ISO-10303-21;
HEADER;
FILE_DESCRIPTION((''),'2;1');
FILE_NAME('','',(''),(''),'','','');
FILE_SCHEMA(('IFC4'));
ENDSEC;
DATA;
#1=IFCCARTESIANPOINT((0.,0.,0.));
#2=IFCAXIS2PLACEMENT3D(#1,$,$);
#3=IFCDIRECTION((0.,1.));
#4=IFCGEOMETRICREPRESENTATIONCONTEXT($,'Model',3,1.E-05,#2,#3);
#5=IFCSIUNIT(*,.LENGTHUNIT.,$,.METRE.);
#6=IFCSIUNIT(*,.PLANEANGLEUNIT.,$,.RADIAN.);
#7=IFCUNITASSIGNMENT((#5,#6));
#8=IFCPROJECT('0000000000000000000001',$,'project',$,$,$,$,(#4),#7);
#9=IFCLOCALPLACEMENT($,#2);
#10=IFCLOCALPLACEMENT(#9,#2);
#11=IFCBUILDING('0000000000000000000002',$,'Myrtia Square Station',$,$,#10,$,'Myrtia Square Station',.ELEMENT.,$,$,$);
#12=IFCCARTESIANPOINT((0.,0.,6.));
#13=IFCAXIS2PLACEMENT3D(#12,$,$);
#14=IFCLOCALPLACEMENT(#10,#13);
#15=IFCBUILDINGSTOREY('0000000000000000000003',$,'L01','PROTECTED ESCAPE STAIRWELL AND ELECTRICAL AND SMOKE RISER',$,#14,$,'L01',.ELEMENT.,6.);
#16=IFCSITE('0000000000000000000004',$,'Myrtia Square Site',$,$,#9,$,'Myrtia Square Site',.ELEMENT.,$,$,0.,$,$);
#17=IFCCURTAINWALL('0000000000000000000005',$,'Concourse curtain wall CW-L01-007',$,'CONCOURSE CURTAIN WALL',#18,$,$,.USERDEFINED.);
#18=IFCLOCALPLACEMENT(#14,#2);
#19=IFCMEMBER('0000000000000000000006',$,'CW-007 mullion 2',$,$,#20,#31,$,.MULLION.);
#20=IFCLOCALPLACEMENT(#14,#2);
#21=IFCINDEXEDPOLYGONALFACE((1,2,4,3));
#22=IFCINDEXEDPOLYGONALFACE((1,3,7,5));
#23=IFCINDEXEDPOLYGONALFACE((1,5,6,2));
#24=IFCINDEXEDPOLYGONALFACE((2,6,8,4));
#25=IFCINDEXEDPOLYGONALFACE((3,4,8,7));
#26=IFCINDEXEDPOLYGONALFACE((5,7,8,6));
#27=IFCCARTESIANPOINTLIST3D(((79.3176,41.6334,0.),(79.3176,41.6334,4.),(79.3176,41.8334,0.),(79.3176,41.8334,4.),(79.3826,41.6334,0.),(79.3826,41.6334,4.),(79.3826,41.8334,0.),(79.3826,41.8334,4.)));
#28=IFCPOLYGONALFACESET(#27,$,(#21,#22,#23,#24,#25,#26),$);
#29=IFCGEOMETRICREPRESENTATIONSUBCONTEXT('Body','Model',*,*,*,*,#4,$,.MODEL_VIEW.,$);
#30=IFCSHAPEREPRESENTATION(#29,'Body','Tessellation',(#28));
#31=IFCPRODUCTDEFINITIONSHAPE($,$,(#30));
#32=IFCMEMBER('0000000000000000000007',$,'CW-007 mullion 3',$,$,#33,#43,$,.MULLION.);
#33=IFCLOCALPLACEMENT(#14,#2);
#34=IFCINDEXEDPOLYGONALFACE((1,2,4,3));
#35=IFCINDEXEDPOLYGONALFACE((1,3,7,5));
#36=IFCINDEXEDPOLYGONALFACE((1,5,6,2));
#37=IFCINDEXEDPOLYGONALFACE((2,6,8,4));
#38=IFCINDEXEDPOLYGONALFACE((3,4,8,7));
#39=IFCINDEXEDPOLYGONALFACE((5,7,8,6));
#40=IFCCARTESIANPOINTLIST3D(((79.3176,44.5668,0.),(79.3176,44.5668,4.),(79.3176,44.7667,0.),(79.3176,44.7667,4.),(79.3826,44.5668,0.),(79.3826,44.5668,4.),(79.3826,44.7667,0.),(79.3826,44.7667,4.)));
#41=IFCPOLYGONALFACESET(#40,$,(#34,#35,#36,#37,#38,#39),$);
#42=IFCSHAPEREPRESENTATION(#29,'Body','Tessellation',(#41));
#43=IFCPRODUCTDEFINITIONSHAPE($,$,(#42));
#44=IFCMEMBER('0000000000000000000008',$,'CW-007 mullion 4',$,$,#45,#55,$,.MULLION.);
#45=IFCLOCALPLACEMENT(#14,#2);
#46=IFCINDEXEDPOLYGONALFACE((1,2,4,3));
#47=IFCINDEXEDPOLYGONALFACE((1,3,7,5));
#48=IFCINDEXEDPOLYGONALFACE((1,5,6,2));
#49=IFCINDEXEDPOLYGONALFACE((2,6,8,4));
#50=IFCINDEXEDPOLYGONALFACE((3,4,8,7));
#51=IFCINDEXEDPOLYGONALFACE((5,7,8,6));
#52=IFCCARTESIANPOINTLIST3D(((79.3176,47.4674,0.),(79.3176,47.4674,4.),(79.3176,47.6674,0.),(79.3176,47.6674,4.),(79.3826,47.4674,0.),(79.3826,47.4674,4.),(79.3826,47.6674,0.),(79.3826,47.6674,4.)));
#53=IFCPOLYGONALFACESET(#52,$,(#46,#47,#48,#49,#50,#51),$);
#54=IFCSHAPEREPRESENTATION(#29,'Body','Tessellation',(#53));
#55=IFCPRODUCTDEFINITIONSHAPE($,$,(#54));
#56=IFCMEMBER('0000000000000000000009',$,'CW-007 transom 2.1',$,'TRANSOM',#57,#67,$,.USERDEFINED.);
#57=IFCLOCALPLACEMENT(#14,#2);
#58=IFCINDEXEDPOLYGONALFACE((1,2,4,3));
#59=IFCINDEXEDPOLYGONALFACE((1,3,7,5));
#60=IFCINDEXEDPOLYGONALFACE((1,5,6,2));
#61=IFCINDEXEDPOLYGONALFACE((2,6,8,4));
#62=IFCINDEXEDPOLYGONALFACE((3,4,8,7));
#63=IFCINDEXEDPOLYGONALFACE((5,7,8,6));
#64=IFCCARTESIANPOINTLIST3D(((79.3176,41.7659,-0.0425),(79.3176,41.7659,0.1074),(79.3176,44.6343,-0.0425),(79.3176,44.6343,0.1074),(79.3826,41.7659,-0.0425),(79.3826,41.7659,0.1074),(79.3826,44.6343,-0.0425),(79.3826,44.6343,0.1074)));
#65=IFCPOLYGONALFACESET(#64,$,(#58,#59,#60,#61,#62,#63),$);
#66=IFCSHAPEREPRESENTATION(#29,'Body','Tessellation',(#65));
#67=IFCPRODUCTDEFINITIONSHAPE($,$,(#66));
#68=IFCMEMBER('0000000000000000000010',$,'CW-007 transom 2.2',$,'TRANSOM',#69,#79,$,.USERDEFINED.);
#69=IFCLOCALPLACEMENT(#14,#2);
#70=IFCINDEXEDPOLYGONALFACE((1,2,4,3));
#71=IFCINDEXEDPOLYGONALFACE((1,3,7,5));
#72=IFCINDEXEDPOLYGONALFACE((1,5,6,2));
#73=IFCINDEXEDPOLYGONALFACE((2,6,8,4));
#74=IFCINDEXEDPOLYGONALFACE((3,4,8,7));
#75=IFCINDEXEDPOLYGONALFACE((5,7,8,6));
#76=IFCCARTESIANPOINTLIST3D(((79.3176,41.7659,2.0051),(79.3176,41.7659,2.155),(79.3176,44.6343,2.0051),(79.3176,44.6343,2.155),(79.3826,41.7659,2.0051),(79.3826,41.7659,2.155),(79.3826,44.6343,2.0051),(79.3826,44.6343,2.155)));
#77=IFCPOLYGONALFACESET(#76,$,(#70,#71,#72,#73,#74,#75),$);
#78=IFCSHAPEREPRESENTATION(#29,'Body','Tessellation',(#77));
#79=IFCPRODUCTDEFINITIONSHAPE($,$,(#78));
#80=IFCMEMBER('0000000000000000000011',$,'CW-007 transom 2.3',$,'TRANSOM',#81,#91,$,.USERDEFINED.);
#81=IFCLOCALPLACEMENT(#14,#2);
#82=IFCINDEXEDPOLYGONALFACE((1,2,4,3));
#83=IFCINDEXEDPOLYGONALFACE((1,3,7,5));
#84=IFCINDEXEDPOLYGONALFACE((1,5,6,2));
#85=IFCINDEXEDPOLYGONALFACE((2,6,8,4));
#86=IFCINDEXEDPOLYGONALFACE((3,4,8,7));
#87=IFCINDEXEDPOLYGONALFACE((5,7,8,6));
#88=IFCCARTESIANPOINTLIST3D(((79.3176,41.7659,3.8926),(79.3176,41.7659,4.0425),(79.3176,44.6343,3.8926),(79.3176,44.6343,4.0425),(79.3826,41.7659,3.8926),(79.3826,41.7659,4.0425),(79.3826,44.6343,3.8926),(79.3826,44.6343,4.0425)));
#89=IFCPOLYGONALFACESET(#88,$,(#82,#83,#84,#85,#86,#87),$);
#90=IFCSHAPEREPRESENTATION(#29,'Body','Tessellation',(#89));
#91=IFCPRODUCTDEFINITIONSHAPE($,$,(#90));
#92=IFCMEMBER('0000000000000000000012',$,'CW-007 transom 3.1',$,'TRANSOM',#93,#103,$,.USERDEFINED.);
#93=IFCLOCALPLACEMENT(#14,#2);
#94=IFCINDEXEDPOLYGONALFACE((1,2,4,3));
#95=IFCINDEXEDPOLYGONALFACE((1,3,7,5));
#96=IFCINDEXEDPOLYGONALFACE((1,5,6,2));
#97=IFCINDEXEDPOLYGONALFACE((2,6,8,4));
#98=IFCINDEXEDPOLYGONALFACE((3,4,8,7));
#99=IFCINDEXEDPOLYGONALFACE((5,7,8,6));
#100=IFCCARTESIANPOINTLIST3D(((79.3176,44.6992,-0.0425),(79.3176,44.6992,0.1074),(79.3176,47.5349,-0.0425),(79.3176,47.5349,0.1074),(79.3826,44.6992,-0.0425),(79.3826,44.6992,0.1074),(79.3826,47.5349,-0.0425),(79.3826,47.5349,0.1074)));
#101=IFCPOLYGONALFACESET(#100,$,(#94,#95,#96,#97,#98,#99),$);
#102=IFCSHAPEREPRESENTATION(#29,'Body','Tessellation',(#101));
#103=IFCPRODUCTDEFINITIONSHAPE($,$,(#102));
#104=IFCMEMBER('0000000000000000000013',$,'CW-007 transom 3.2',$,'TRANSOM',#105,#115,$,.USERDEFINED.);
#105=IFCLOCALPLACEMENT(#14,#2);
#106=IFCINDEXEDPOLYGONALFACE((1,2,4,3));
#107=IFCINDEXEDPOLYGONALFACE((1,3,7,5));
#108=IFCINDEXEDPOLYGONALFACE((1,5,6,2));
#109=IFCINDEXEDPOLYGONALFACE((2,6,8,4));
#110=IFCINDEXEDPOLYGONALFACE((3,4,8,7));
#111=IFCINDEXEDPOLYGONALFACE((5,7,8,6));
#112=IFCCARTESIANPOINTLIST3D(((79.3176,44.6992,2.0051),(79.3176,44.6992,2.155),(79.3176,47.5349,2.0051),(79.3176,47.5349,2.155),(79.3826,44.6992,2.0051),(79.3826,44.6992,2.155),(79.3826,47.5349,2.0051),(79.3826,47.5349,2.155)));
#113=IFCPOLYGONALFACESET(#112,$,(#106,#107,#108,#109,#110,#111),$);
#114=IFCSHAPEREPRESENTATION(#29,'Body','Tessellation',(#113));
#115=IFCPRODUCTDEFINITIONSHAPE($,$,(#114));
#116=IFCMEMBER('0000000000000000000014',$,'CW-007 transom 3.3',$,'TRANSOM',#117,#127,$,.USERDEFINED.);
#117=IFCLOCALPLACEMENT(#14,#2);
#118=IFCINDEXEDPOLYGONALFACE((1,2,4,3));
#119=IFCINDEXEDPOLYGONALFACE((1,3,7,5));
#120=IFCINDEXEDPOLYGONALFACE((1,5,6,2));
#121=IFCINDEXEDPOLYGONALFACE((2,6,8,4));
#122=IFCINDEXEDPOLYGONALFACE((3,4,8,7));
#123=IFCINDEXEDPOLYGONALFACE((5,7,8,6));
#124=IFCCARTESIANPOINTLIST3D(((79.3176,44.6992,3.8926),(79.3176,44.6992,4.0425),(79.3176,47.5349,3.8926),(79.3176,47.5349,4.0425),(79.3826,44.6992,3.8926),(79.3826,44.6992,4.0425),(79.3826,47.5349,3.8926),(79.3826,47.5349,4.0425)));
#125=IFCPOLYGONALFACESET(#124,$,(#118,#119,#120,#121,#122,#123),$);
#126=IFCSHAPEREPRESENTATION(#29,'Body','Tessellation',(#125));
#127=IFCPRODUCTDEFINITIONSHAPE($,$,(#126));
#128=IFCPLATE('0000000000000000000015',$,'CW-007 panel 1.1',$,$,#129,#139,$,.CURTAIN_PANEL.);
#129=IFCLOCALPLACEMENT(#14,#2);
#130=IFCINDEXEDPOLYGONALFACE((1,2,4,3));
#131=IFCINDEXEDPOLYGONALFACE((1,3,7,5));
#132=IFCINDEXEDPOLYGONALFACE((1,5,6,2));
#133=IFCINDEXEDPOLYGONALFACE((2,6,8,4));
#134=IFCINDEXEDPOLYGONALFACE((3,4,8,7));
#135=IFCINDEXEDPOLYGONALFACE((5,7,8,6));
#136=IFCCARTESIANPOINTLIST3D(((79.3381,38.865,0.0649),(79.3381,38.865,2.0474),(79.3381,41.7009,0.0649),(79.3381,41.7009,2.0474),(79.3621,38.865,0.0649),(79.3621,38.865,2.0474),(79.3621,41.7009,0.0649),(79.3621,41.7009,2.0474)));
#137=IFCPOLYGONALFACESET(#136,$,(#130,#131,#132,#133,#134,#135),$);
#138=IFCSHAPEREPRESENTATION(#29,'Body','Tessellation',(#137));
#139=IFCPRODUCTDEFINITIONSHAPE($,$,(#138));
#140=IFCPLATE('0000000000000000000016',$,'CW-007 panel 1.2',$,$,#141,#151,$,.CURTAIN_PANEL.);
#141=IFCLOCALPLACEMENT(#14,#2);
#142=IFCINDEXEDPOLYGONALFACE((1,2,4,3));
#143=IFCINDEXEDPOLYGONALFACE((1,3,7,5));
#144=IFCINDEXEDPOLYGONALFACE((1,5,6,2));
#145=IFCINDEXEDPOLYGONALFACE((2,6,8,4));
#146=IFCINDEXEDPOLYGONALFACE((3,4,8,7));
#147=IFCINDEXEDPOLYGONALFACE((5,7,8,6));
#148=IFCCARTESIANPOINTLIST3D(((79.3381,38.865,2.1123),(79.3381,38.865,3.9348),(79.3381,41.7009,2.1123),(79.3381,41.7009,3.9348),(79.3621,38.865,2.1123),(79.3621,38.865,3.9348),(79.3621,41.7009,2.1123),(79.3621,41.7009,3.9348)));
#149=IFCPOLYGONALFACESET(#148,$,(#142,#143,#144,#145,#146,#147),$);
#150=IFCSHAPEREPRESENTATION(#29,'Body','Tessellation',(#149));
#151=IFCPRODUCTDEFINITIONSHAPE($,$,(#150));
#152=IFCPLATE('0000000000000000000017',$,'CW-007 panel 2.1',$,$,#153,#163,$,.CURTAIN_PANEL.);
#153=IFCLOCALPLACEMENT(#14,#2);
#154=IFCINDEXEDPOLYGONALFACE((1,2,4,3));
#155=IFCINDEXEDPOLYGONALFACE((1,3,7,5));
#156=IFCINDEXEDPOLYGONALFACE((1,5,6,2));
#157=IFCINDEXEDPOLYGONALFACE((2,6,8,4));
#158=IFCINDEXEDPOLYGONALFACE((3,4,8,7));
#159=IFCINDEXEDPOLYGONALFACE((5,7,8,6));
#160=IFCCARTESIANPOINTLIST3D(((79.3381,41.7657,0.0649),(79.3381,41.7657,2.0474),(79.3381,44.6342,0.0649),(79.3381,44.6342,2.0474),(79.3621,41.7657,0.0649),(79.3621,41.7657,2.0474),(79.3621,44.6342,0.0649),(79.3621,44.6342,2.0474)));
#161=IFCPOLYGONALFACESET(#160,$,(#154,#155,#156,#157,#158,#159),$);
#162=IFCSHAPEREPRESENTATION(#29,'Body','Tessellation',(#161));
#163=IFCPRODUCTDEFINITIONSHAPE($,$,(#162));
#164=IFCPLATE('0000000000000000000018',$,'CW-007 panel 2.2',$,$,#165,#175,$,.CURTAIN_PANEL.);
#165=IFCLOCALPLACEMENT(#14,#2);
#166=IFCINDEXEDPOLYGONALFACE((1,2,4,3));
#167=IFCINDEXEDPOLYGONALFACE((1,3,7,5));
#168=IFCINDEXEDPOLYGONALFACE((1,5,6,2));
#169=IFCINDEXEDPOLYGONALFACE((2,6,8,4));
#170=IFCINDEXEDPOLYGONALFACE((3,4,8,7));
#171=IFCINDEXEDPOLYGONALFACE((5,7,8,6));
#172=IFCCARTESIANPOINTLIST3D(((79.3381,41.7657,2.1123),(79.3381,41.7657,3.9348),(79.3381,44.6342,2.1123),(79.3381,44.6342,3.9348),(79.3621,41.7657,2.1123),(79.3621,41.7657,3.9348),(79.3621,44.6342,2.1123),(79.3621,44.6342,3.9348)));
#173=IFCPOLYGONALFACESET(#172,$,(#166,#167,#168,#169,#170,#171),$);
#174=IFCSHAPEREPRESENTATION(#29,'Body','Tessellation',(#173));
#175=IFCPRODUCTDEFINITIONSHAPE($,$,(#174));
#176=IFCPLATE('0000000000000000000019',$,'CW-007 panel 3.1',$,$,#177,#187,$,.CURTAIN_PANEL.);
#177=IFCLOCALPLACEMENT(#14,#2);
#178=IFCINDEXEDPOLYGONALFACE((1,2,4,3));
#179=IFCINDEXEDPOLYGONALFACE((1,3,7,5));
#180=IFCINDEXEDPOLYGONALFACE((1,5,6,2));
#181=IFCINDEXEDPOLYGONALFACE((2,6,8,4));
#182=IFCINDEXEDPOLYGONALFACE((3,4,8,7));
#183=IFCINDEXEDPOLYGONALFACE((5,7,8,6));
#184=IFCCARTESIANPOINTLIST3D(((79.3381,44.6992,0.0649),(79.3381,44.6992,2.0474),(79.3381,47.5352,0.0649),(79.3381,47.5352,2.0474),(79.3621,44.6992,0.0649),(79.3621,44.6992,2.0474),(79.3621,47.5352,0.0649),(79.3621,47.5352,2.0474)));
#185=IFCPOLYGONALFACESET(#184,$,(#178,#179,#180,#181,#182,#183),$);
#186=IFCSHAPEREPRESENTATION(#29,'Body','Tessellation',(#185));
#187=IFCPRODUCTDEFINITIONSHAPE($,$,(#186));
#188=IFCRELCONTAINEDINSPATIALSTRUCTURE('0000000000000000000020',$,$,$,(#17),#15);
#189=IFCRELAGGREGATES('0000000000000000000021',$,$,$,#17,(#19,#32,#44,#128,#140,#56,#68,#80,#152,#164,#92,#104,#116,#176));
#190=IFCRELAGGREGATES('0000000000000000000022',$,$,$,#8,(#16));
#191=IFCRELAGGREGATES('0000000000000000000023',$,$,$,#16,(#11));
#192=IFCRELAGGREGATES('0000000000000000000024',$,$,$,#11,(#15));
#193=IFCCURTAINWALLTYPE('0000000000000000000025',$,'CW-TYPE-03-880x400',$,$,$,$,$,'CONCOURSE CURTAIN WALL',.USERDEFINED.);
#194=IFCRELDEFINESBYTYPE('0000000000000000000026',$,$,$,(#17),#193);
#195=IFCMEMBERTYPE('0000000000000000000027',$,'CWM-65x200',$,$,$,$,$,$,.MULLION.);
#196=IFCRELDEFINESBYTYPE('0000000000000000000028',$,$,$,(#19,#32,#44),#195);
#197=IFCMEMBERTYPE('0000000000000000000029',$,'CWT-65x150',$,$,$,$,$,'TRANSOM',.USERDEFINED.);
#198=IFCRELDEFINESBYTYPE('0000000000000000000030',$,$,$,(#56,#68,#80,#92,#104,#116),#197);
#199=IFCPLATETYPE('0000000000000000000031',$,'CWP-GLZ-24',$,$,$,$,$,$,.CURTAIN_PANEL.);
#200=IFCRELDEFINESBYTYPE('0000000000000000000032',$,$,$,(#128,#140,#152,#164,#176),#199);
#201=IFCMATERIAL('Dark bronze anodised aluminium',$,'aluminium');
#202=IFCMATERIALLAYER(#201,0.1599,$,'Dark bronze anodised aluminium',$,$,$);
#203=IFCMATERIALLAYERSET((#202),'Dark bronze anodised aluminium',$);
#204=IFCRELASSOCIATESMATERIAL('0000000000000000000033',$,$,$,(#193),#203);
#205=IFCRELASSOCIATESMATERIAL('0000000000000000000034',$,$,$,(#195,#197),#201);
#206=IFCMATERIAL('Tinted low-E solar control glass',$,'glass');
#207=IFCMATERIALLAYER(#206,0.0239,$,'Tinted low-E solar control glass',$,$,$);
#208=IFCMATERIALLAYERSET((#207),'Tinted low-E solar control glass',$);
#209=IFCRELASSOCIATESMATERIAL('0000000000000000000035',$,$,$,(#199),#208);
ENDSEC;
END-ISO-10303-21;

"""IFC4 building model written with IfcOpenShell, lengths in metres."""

from ifc_helpers import new_model, si_unit, direction, frame, origin, origin_2d, place, context, subcontext, project, spatial, rectangle, extrude, material, layer, layer_set, material_profile, profile_set, type_object, element, aggregate, save


model = new_model("IFC4")

# Units and contexts
model_context = context("Model", 3, precision=1e-05, world=origin(), true_north=direction((0.0, 1.0)))
body_context = subcontext(model_context, "Body", "Model", "MODEL_VIEW")
ifc_project = project(units=[si_unit("LENGTHUNIT", "METRE"), si_unit("PLANEANGLEUNIT", "RADIAN")], contexts=[model_context])

# Site, building, storey
site_placement = place(None, origin())
site = spatial("IfcSite", under=ifc_project, at=site_placement, Name="Myrtia Square Site", LongName="Myrtia Square Site", CompositionType="ELEMENT", RefElevation=0.0)
building_placement = place(site_placement, origin())
building = spatial("IfcBuilding", under=site, at=building_placement, Name="Myrtia Square Station", LongName="Myrtia Square Station", CompositionType="ELEMENT")
storey_placement = place(building_placement, frame((0.0, 0.0, 6.0)))
storey = spatial("IfcBuildingStorey", under=building, at=storey_placement, Name="L01", Description="PROTECTED ESCAPE STAIRWELL AND ELECTRICAL AND SMOKE RISER", LongName="L01", CompositionType="ELEMENT", Elevation=6.0)

# Curtain wall, members, plates
ifc_material_1 = material(Name="Dark bronze anodised aluminium", Category="aluminium")
ifc_layer_1 = layer(ifc_material_1, 0.1599, Name="Dark bronze anodised aluminium")
ifc_layer_set_1 = layer_set([ifc_layer_1], Name="Dark bronze anodised aluminium")
curtain_wall_type = type_object("IfcCurtainWallType", Name="CW-TYPE-03-880x400", ElementType="CONCOURSE CURTAIN WALL", PredefinedType="USERDEFINED", material=ifc_layer_set_1)
curtain_wall_placement = place(storey_placement, origin())
curtain_wall = element("IfcCurtainWall", 1, at=curtain_wall_placement, inside=storey, type_object=curtain_wall_type, Name="Concourse curtain wall CW-L01-007", ObjectType="CONCOURSE CURTAIN WALL", PredefinedType="USERDEFINED")
ifc_material_profile_1 = material_profile(ifc_material_1, rectangle(XDim=0.0649, YDim=0.2, at=origin_2d()), Name="ALU-M 65x200")
ifc_profile_set_1 = profile_set([ifc_material_profile_1], Name="Dark bronze anodised aluminium")
member_type_1 = type_object("IfcMemberType", Name="CWM-65x200", PredefinedType="MULLION", material=ifc_profile_set_1)
member_1_placement = place(storey_placement, frame((79.3501, 41.7334, 0.0), z_axis=(0.0, 0.0, 1.0), x_axis=(-1.0, 0.0, 0.0)))
member_1 = element("IfcMember", 2, at=member_1_placement, type_object=member_type_1, Name="CW-007 mullion 2", PredefinedType="MULLION", context=body_context, shape_type="SweptSolid", body=[
    extrude(rectangle(XDim=0.0649, YDim=0.2, at=origin_2d()), origin(), (0.0, 0.0, 1.0), 4.0),
])
member_2_placement = place(storey_placement, frame((79.3501, 44.6667, 0.0), z_axis=(0.0, 0.0, 1.0), x_axis=(-1.0, 0.0, 0.0)))
member_2 = element("IfcMember", 3, at=member_2_placement, type_object=member_type_1, Name="CW-007 mullion 3", PredefinedType="MULLION", context=body_context, shape_type="SweptSolid", body=[
    extrude(rectangle(XDim=0.0649, YDim=0.2, at=origin_2d()), origin(), (0.0, 0.0, 1.0), 4.0),
])
member_3_placement = place(storey_placement, frame((79.3501, 47.5674, 0.0), z_axis=(0.0, 0.0, 1.0), x_axis=(-1.0, 0.0, 0.0)))
member_3 = element("IfcMember", 4, at=member_3_placement, type_object=member_type_1, Name="CW-007 mullion 4", PredefinedType="MULLION", context=body_context, shape_type="SweptSolid", body=[
    extrude(rectangle(XDim=0.0649, YDim=0.2, at=origin_2d()), origin(), (0.0, 0.0, 1.0), 4.0),
])
ifc_material_profile_2 = material_profile(ifc_material_1, rectangle(XDim=0.0649, YDim=0.1499, at=origin_2d()), Name="ALU-T 65x150")
ifc_profile_set_2 = profile_set([ifc_material_profile_2], Name="Dark bronze anodised aluminium")
member_type_2 = type_object("IfcMemberType", Name="CWT-65x150", ElementType="TRANSOM", PredefinedType="USERDEFINED", material=ifc_profile_set_2)
member_4_placement = place(storey_placement, frame((79.3501, 41.7659, 0.0325), z_axis=(0.0, 1.0, 0.0), x_axis=(-1.0, 0.0, 0.0)))
member_4 = element("IfcMember", 5, at=member_4_placement, type_object=member_type_2, Name="CW-007 transom 2.1", ObjectType="TRANSOM", PredefinedType="USERDEFINED", context=body_context, shape_type="SweptSolid", body=[
    extrude(rectangle(XDim=0.0649, YDim=0.1499, at=origin_2d()), origin(), (0.0, 0.0, 1.0), 2.8684),
])
member_5_placement = place(storey_placement, frame((79.3501, 41.7659, 2.0801), z_axis=(0.0, 1.0, 0.0), x_axis=(-1.0, 0.0, 0.0)))
member_5 = element("IfcMember", 6, at=member_5_placement, type_object=member_type_2, Name="CW-007 transom 2.2", ObjectType="TRANSOM", PredefinedType="USERDEFINED", context=body_context, shape_type="SweptSolid", body=[
    extrude(rectangle(XDim=0.0649, YDim=0.1499, at=origin_2d()), origin(), (0.0, 0.0, 1.0), 2.8684),
])
member_6_placement = place(storey_placement, frame((79.3501, 41.7659, 3.9675), z_axis=(0.0, 1.0, 0.0), x_axis=(-1.0, 0.0, 0.0)))
member_6 = element("IfcMember", 7, at=member_6_placement, type_object=member_type_2, Name="CW-007 transom 2.3", ObjectType="TRANSOM", PredefinedType="USERDEFINED", context=body_context, shape_type="SweptSolid", body=[
    extrude(rectangle(XDim=0.0649, YDim=0.1499, at=origin_2d()), origin(), (0.0, 0.0, 1.0), 2.8684),
])
member_7_placement = place(storey_placement, frame((79.3501, 44.6992, 0.0325), z_axis=(0.0, 1.0, 0.0), x_axis=(-1.0, 0.0, 0.0)))
member_7 = element("IfcMember", 8, at=member_7_placement, type_object=member_type_2, Name="CW-007 transom 3.1", ObjectType="TRANSOM", PredefinedType="USERDEFINED", context=body_context, shape_type="SweptSolid", body=[
    extrude(rectangle(XDim=0.0649, YDim=0.1499, at=origin_2d()), origin(), (0.0, 0.0, 1.0), 2.8357),
])
member_8_placement = place(storey_placement, frame((79.3501, 44.6992, 2.0801), z_axis=(0.0, 1.0, 0.0), x_axis=(-1.0, 0.0, 0.0)))
member_8 = element("IfcMember", 9, at=member_8_placement, type_object=member_type_2, Name="CW-007 transom 3.2", ObjectType="TRANSOM", PredefinedType="USERDEFINED", context=body_context, shape_type="SweptSolid", body=[
    extrude(rectangle(XDim=0.0649, YDim=0.1499, at=origin_2d()), origin(), (0.0, 0.0, 1.0), 2.8357),
])
member_9_placement = place(storey_placement, frame((79.3501, 44.6992, 3.9675), z_axis=(0.0, 1.0, 0.0), x_axis=(-1.0, 0.0, 0.0)))
member_9 = element("IfcMember", 10, at=member_9_placement, type_object=member_type_2, Name="CW-007 transom 3.3", ObjectType="TRANSOM", PredefinedType="USERDEFINED", context=body_context, shape_type="SweptSolid", body=[
    extrude(rectangle(XDim=0.0649, YDim=0.1499, at=origin_2d()), origin(), (0.0, 0.0, 1.0), 2.8357),
])
ifc_material_2 = material(Name="Tinted low-E solar control glass", Category="glass")
ifc_layer_2 = layer(ifc_material_2, 0.0239, Name="Tinted low-E solar control glass")
ifc_layer_set_2 = layer_set([ifc_layer_2], Name="Tinted low-E solar control glass")
plate_type = type_object("IfcPlateType", Name="CWP-GLZ-24", PredefinedType="CURTAIN_PANEL", material=ifc_layer_set_2)
plate_1_placement = place(storey_placement, frame((79.3501, 40.283, 0.0649), z_axis=(0.0, 0.0, 1.0), x_axis=(0.0, 1.0, 0.0)))
plate_1 = element("IfcPlate", 11, at=plate_1_placement, type_object=plate_type, Name="CW-007 panel 1.1", PredefinedType="CURTAIN_PANEL", context=body_context, shape_type="SweptSolid", body=[
    extrude(rectangle(XDim=2.8359, YDim=0.0239, at=origin_2d()), origin(), (0.0, 0.0, 1.0), 1.9824),
])
plate_2_placement = place(storey_placement, frame((79.3501, 40.283, 2.1123), z_axis=(0.0, 0.0, 1.0), x_axis=(0.0, 1.0, 0.0)))
plate_2 = element("IfcPlate", 12, at=plate_2_placement, type_object=plate_type, Name="CW-007 panel 1.2", PredefinedType="CURTAIN_PANEL", context=body_context, shape_type="SweptSolid", body=[
    extrude(rectangle(XDim=2.8359, YDim=0.0239, at=origin_2d()), origin(), (0.0, 0.0, 1.0), 1.8225),
])
plate_3_placement = place(storey_placement, frame((79.3501, 43.2, 0.0649), z_axis=(0.0, 0.0, 1.0), x_axis=(0.0, 1.0, 0.0)))
plate_3 = element("IfcPlate", 13, at=plate_3_placement, type_object=plate_type, Name="CW-007 panel 2.1", PredefinedType="CURTAIN_PANEL", context=body_context, shape_type="SweptSolid", body=[
    extrude(rectangle(XDim=2.8684, YDim=0.0239, at=origin_2d()), origin(), (0.0, 0.0, 1.0), 1.9824),
])
plate_4_placement = place(storey_placement, frame((79.3501, 43.2, 2.1123), z_axis=(0.0, 0.0, 1.0), x_axis=(0.0, 1.0, 0.0)))
plate_4 = element("IfcPlate", 14, at=plate_4_placement, type_object=plate_type, Name="CW-007 panel 2.2", PredefinedType="CURTAIN_PANEL", context=body_context, shape_type="SweptSolid", body=[
    extrude(rectangle(XDim=2.8684, YDim=0.0239, at=origin_2d()), origin(), (0.0, 0.0, 1.0), 1.8225),
])
plate_5_placement = place(storey_placement, frame((79.3501, 46.1172, 0.0649), z_axis=(0.0, 0.0, 1.0), x_axis=(0.0, 1.0, 0.0)))
plate_5 = element("IfcPlate", 15, at=plate_5_placement, type_object=plate_type, Name="CW-007 panel 3.1", PredefinedType="CURTAIN_PANEL", context=body_context, shape_type="SweptSolid", body=[
    extrude(rectangle(XDim=2.8359, YDim=0.0239, at=origin_2d()), origin(), (0.0, 0.0, 1.0), 1.9824),
])
aggregate(curtain_wall, [member_1, member_2, member_3, plate_1, plate_2, member_4, member_5, member_6, plate_3, plate_4, member_7, member_8, member_9, plate_5])

save(model, "model.ifc")
